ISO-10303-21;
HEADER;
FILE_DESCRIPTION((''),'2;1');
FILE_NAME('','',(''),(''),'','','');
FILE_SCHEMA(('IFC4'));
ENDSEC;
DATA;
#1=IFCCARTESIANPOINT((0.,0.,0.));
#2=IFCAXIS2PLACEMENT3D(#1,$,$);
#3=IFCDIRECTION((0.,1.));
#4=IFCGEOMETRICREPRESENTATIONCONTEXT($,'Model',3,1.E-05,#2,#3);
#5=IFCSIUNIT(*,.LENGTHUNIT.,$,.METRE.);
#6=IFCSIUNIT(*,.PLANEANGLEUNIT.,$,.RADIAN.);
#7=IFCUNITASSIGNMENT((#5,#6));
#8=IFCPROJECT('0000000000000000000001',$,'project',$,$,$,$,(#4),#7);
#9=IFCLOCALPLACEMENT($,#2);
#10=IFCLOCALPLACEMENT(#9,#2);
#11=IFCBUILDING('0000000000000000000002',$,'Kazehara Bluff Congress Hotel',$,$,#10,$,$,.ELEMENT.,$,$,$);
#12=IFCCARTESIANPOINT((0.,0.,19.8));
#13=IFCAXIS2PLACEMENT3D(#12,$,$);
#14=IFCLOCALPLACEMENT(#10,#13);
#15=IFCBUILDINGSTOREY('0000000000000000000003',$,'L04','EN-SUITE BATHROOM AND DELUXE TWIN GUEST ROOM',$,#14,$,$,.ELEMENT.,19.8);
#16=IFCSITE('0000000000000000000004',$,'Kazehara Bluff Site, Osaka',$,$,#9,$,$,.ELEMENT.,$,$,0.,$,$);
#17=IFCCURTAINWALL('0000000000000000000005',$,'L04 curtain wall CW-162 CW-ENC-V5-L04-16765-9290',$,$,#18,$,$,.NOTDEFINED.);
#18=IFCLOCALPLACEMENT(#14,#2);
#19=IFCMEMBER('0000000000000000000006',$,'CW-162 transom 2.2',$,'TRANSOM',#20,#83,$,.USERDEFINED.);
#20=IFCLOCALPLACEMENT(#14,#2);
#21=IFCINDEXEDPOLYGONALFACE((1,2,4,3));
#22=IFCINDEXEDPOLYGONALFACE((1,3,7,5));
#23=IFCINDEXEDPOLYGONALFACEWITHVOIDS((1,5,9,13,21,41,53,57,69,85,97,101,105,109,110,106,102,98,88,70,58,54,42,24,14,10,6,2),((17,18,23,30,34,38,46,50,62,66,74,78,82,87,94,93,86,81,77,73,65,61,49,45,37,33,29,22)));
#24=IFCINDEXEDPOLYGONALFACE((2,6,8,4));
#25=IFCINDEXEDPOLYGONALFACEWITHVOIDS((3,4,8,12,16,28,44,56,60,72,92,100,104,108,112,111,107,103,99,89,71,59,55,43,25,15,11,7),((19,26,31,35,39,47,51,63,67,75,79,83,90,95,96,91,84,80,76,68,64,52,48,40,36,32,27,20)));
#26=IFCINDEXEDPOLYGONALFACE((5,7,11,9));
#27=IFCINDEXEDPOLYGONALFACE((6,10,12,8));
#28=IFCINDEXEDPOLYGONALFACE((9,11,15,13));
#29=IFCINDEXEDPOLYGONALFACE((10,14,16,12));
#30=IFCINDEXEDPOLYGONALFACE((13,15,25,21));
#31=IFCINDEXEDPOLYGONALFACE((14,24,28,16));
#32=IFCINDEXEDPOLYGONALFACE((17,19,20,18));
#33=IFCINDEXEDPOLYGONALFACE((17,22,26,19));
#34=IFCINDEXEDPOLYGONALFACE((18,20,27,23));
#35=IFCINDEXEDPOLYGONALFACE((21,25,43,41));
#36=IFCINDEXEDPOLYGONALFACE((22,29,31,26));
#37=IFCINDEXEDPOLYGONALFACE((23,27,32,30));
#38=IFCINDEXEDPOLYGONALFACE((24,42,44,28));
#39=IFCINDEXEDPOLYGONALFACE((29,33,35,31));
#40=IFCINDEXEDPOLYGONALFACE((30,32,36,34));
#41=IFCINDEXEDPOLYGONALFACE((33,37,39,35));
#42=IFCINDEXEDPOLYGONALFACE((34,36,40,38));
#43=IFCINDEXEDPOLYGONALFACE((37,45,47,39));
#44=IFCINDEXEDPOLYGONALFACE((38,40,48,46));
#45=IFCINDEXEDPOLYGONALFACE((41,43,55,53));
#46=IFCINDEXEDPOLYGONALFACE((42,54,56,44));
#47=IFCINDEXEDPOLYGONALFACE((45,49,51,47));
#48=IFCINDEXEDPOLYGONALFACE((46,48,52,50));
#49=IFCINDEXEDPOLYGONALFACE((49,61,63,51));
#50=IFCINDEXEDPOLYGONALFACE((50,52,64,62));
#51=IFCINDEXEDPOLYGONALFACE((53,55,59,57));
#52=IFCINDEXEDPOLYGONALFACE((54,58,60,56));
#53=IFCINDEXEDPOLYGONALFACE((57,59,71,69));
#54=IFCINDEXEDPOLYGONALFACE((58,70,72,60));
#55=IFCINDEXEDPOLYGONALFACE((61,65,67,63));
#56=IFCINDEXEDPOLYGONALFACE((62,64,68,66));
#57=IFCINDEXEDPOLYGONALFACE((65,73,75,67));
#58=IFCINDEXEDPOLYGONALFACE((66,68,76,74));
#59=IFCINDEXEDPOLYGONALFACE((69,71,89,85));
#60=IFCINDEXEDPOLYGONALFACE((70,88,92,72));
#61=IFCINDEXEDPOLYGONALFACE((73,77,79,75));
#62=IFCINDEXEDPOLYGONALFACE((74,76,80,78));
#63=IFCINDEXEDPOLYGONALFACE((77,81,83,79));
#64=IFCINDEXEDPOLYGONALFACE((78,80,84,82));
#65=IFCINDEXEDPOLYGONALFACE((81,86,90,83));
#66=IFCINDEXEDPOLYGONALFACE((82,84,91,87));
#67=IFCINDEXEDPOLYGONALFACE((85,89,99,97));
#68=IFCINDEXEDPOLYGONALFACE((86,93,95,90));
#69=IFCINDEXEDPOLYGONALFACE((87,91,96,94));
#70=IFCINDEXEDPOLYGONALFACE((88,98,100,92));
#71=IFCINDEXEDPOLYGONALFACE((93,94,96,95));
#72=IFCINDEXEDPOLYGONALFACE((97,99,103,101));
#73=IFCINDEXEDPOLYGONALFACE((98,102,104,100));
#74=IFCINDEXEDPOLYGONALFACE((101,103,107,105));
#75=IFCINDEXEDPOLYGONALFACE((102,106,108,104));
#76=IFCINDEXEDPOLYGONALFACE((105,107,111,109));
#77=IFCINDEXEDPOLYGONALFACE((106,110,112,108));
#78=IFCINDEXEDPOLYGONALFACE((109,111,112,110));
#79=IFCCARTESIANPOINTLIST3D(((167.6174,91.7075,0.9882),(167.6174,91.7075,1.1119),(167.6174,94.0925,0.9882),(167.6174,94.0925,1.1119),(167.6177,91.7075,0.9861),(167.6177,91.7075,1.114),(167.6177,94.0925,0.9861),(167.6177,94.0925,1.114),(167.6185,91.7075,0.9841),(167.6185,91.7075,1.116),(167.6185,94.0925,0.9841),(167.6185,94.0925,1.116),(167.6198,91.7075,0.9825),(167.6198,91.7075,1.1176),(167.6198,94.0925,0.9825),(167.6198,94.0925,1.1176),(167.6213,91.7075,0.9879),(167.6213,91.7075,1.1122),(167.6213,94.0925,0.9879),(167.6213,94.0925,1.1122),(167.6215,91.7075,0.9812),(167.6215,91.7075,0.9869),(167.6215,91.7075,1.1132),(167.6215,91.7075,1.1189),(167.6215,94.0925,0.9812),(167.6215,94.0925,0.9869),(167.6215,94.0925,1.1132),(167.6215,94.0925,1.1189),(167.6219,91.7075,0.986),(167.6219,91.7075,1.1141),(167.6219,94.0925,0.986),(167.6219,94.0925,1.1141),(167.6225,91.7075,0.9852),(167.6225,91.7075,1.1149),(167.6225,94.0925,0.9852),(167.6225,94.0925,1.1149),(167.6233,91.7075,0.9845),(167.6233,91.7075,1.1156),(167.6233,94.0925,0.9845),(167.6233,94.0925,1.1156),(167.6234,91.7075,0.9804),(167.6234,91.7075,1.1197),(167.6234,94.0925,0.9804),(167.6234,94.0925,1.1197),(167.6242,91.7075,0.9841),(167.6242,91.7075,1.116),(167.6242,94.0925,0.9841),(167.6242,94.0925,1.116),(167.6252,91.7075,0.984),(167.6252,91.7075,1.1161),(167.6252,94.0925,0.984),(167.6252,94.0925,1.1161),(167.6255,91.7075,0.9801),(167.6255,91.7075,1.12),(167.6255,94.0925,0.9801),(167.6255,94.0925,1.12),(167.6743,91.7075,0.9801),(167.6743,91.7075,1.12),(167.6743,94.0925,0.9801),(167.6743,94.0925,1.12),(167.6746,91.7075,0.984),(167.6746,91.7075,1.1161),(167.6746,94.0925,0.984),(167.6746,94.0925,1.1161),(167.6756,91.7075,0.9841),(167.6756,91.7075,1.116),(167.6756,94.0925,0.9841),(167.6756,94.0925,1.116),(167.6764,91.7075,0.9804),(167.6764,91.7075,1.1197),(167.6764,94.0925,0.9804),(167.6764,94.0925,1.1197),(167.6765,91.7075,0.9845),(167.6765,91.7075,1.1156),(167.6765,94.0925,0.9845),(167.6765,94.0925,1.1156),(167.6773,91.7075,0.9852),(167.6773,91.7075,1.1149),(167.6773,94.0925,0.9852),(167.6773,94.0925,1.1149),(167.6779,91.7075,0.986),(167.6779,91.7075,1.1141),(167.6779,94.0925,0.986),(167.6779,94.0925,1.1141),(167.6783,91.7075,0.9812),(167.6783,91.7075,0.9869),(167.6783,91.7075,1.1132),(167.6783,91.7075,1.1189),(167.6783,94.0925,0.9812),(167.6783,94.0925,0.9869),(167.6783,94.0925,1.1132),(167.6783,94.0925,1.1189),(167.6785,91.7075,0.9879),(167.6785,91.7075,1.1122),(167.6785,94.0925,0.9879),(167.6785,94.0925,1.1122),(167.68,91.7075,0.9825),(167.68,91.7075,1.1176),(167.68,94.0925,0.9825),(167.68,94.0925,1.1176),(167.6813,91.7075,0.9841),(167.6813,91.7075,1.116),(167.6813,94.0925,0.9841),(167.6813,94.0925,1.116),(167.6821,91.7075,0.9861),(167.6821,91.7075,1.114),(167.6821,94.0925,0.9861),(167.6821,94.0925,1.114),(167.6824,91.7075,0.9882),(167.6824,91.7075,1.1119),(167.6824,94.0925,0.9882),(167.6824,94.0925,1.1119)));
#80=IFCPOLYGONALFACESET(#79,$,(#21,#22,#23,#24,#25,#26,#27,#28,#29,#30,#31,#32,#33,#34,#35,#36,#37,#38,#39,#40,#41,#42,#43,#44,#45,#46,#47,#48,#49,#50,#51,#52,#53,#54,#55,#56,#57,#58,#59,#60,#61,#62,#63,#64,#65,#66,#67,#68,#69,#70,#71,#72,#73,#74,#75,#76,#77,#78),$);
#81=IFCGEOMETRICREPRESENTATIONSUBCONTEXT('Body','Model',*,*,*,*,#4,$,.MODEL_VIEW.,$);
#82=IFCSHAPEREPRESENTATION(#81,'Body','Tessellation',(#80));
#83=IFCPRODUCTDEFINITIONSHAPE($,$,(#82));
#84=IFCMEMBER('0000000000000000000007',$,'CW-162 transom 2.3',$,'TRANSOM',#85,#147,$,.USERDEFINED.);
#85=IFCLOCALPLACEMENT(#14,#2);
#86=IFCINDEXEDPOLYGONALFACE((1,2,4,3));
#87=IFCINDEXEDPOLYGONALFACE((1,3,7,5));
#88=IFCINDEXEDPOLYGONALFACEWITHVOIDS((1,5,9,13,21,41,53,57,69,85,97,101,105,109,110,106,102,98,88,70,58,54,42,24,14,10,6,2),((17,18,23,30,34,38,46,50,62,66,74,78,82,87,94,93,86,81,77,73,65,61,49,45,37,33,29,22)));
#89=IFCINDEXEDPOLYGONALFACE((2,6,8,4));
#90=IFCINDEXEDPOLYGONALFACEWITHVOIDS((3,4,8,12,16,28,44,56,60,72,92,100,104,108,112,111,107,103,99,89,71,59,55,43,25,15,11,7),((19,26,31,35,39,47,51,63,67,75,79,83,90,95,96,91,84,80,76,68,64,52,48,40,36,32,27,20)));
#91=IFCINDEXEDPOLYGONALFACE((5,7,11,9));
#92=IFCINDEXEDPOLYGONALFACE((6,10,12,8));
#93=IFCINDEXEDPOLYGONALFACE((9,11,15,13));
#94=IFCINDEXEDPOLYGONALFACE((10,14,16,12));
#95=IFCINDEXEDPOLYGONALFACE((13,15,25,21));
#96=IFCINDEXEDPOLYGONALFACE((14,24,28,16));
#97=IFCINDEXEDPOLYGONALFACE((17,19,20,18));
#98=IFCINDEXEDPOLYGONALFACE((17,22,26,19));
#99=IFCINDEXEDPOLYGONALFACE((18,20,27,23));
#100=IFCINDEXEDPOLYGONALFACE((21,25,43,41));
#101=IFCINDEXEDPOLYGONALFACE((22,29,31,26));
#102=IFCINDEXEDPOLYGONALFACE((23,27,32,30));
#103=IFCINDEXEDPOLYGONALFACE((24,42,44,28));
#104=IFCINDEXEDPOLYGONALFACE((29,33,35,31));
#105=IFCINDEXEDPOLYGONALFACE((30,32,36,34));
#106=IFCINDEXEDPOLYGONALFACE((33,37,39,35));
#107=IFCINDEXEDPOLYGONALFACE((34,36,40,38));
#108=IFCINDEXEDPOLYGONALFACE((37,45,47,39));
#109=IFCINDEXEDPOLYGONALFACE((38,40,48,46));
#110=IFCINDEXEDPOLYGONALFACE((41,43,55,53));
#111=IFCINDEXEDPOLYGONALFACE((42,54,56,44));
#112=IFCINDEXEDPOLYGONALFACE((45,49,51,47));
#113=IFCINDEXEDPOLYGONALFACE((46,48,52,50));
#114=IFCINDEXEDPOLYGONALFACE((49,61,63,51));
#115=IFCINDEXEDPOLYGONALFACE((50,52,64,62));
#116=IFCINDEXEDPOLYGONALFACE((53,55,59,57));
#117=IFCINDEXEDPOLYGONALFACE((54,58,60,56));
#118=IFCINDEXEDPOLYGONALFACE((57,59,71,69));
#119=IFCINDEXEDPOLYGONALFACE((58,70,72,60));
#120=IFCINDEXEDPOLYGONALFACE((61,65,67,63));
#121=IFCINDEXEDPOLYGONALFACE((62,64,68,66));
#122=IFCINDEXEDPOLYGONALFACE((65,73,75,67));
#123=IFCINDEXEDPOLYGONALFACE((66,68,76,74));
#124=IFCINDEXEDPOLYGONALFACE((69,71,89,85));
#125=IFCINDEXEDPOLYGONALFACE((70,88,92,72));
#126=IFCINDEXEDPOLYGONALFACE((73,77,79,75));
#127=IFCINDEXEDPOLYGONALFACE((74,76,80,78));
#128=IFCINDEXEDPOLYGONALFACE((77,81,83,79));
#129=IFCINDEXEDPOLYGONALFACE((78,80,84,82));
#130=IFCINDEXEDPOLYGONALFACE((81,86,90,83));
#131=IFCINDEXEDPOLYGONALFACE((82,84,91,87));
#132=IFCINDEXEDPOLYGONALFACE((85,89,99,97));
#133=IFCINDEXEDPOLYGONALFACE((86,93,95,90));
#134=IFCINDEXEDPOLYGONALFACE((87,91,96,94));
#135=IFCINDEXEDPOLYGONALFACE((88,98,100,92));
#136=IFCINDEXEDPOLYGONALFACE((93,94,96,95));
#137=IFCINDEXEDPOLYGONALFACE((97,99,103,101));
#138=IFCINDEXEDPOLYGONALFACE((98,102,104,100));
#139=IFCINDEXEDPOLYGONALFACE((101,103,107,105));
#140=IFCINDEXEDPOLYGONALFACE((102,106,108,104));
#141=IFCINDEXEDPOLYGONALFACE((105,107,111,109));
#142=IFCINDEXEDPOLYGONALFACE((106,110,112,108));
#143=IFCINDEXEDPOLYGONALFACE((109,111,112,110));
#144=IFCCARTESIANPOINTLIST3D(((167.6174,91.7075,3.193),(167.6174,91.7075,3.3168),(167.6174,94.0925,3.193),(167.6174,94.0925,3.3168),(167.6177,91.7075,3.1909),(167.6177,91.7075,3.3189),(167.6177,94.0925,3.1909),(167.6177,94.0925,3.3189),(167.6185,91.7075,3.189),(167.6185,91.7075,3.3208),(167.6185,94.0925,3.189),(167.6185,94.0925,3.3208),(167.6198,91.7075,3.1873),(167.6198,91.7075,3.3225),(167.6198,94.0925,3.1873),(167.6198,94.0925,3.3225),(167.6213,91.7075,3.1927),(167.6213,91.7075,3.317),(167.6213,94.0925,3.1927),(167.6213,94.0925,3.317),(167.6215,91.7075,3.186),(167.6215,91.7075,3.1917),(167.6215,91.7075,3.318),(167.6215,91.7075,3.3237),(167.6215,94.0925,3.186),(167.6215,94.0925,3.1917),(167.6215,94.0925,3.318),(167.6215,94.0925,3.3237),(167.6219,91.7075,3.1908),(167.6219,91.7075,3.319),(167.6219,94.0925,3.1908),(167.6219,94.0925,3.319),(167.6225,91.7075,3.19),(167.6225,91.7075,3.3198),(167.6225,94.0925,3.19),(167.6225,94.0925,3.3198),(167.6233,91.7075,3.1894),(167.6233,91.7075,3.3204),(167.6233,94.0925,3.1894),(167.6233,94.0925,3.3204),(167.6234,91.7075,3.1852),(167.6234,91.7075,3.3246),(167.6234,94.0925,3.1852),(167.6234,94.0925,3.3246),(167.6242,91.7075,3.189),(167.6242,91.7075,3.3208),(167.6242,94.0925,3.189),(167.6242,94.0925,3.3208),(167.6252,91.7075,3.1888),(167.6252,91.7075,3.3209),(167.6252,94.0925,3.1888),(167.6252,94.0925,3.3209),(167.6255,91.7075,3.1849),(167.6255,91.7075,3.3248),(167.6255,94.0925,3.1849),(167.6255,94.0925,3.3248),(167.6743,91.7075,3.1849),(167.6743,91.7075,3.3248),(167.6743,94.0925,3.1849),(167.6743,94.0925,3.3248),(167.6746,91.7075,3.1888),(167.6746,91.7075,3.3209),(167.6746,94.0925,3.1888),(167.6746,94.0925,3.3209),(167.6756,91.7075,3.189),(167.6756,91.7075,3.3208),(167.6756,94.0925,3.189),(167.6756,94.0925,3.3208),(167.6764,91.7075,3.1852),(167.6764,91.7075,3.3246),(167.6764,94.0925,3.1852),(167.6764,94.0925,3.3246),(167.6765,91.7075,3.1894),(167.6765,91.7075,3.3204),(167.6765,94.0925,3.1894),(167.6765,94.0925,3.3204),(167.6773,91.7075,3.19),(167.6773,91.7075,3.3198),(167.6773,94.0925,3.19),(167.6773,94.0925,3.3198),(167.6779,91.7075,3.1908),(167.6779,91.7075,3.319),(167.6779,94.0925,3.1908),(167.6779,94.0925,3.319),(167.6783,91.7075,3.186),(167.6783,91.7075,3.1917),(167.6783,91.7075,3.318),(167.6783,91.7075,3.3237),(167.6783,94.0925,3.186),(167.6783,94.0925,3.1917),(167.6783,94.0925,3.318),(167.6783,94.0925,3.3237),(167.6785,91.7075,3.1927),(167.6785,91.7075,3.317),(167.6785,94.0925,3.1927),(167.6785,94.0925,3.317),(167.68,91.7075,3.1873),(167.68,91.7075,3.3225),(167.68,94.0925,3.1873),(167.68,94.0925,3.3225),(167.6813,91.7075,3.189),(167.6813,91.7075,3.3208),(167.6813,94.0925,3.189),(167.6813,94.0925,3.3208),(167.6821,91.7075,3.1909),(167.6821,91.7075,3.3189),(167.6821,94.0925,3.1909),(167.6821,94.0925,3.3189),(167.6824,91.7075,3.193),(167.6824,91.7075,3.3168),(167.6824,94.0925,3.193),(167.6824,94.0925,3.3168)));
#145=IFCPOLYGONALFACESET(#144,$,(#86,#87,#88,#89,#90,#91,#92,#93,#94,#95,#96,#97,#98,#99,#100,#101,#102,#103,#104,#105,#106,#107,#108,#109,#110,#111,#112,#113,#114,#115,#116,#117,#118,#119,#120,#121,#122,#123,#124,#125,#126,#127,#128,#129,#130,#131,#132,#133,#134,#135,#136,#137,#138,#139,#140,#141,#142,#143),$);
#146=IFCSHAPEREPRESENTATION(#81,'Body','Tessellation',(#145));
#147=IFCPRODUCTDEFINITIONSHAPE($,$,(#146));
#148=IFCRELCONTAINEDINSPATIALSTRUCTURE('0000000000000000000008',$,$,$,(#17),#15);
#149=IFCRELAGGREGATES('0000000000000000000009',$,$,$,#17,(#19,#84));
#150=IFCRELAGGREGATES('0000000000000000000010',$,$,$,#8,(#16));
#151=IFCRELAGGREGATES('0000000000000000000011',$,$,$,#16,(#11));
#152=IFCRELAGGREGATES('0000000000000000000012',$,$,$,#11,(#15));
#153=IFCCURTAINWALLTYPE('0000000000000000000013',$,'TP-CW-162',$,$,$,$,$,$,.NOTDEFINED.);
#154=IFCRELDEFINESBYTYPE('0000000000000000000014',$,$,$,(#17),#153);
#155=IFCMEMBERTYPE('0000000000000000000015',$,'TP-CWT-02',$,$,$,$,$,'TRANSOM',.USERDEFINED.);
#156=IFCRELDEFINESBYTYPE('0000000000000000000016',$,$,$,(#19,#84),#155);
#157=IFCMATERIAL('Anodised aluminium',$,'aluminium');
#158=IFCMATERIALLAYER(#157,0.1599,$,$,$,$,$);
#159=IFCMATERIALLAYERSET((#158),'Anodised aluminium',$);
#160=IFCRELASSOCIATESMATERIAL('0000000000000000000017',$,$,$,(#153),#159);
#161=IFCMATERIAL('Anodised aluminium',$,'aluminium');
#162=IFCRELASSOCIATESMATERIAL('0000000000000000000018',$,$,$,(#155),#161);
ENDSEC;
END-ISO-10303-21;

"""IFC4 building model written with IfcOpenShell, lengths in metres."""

from ifc_helpers import new_model, si_unit, direction, frame, origin, origin_2d, place, context, subcontext, project, spatial, hollow_rectangle, extrude, material, layer, layer_set, material_profile, profile_set, type_object, element, aggregate, save


model = new_model("IFC4")

# Units and contexts
model_context = context("Model", 3, precision=1e-05, world=origin(), true_north=direction((0.0, 1.0)))
body_context = subcontext(model_context, "Body", "Model", "MODEL_VIEW")
ifc_project = project(units=[si_unit("LENGTHUNIT", "METRE"), si_unit("PLANEANGLEUNIT", "RADIAN")], contexts=[model_context])

# Site, building, storey
site_placement = place(None, origin())
site = spatial("IfcSite", under=ifc_project, at=site_placement, Name="Kazehara Bluff Site, Osaka", CompositionType="ELEMENT", RefElevation=0.0)
building_placement = place(site_placement, origin())
building = spatial("IfcBuilding", under=site, at=building_placement, Name="Kazehara Bluff Congress Hotel", CompositionType="ELEMENT")
storey_placement = place(building_placement, frame((0.0, 0.0, 19.8)))
storey = spatial("IfcBuildingStorey", under=building, at=storey_placement, Name="L04", Description="EN-SUITE BATHROOM AND DELUXE TWIN GUEST ROOM", CompositionType="ELEMENT", Elevation=19.8)

# Curtain wall
ifc_material_1 = material(Name="Anodised aluminium", Category="aluminium")
ifc_layer_1 = layer(ifc_material_1, 0.1599)
ifc_layer_set_1 = layer_set([ifc_layer_1], Name="Anodised aluminium")
curtain_wall_type_1 = type_object("IfcCurtainWallType", Name="TP-CW-162", PredefinedType="NOTDEFINED", material=ifc_layer_set_1)
curtain_wall_1_placement = place(storey_placement, origin())
curtain_wall_1 = element("IfcCurtainWall", 1, at=curtain_wall_1_placement, inside=storey, type_object=curtain_wall_type_1, Name="L04 curtain wall CW-162 CW-ENC-V5-L04-16765-9290", PredefinedType="NOTDEFINED")

# Members
ifc_material_2 = material(Name="Anodised aluminium", Category="aluminium")
ifc_material_profile_1 = material_profile(ifc_material_2, hollow_rectangle(XDim=0.0649, YDim=0.1399, WallThickness=0.0039, InnerFilletRadius=0.0039, OuterFilletRadius=0.0081, at=origin_2d()))
ifc_profile_set_1 = profile_set([ifc_material_profile_1], Name="Anodised aluminium")
member_type_1 = type_object("IfcMemberType", Name="TP-CWT-02", ElementType="TRANSOM", PredefinedType="USERDEFINED", material=ifc_profile_set_1)
member_1_placement = place(storey_placement, frame((167.6499, 94.0925, 1.05), z_axis=(0.0, -1.0, 0.0), x_axis=(1.0, 0.0, 0.0)))
member_1 = element("IfcMember", 2, at=member_1_placement, type_object=member_type_1, Name="CW-162 transom 2.2", ObjectType="TRANSOM", PredefinedType="USERDEFINED", context=body_context, shape_type="SweptSolid", body=[
    extrude(hollow_rectangle(XDim=0.0649, YDim=0.1399, WallThickness=0.0039, InnerFilletRadius=0.0039, OuterFilletRadius=0.0081, at=origin_2d()), origin(), (0.0, 0.0, 1.0), 2.385),
])
member_2_placement = place(storey_placement, frame((167.6499, 94.0925, 3.2549), z_axis=(0.0, -1.0, 0.0), x_axis=(1.0, 0.0, 0.0)))
member_2 = element("IfcMember", 3, at=member_2_placement, type_object=member_type_1, Name="CW-162 transom 2.3", ObjectType="TRANSOM", PredefinedType="USERDEFINED", context=body_context, shape_type="SweptSolid", body=[
    extrude(hollow_rectangle(XDim=0.0649, YDim=0.1399, WallThickness=0.0039, InnerFilletRadius=0.0039, OuterFilletRadius=0.0081, at=origin_2d()), origin(), (0.0, 0.0, 1.0), 2.385),
])

aggregate(curtain_wall_1, [member_1, member_2])

save(model, "model.ifc")
